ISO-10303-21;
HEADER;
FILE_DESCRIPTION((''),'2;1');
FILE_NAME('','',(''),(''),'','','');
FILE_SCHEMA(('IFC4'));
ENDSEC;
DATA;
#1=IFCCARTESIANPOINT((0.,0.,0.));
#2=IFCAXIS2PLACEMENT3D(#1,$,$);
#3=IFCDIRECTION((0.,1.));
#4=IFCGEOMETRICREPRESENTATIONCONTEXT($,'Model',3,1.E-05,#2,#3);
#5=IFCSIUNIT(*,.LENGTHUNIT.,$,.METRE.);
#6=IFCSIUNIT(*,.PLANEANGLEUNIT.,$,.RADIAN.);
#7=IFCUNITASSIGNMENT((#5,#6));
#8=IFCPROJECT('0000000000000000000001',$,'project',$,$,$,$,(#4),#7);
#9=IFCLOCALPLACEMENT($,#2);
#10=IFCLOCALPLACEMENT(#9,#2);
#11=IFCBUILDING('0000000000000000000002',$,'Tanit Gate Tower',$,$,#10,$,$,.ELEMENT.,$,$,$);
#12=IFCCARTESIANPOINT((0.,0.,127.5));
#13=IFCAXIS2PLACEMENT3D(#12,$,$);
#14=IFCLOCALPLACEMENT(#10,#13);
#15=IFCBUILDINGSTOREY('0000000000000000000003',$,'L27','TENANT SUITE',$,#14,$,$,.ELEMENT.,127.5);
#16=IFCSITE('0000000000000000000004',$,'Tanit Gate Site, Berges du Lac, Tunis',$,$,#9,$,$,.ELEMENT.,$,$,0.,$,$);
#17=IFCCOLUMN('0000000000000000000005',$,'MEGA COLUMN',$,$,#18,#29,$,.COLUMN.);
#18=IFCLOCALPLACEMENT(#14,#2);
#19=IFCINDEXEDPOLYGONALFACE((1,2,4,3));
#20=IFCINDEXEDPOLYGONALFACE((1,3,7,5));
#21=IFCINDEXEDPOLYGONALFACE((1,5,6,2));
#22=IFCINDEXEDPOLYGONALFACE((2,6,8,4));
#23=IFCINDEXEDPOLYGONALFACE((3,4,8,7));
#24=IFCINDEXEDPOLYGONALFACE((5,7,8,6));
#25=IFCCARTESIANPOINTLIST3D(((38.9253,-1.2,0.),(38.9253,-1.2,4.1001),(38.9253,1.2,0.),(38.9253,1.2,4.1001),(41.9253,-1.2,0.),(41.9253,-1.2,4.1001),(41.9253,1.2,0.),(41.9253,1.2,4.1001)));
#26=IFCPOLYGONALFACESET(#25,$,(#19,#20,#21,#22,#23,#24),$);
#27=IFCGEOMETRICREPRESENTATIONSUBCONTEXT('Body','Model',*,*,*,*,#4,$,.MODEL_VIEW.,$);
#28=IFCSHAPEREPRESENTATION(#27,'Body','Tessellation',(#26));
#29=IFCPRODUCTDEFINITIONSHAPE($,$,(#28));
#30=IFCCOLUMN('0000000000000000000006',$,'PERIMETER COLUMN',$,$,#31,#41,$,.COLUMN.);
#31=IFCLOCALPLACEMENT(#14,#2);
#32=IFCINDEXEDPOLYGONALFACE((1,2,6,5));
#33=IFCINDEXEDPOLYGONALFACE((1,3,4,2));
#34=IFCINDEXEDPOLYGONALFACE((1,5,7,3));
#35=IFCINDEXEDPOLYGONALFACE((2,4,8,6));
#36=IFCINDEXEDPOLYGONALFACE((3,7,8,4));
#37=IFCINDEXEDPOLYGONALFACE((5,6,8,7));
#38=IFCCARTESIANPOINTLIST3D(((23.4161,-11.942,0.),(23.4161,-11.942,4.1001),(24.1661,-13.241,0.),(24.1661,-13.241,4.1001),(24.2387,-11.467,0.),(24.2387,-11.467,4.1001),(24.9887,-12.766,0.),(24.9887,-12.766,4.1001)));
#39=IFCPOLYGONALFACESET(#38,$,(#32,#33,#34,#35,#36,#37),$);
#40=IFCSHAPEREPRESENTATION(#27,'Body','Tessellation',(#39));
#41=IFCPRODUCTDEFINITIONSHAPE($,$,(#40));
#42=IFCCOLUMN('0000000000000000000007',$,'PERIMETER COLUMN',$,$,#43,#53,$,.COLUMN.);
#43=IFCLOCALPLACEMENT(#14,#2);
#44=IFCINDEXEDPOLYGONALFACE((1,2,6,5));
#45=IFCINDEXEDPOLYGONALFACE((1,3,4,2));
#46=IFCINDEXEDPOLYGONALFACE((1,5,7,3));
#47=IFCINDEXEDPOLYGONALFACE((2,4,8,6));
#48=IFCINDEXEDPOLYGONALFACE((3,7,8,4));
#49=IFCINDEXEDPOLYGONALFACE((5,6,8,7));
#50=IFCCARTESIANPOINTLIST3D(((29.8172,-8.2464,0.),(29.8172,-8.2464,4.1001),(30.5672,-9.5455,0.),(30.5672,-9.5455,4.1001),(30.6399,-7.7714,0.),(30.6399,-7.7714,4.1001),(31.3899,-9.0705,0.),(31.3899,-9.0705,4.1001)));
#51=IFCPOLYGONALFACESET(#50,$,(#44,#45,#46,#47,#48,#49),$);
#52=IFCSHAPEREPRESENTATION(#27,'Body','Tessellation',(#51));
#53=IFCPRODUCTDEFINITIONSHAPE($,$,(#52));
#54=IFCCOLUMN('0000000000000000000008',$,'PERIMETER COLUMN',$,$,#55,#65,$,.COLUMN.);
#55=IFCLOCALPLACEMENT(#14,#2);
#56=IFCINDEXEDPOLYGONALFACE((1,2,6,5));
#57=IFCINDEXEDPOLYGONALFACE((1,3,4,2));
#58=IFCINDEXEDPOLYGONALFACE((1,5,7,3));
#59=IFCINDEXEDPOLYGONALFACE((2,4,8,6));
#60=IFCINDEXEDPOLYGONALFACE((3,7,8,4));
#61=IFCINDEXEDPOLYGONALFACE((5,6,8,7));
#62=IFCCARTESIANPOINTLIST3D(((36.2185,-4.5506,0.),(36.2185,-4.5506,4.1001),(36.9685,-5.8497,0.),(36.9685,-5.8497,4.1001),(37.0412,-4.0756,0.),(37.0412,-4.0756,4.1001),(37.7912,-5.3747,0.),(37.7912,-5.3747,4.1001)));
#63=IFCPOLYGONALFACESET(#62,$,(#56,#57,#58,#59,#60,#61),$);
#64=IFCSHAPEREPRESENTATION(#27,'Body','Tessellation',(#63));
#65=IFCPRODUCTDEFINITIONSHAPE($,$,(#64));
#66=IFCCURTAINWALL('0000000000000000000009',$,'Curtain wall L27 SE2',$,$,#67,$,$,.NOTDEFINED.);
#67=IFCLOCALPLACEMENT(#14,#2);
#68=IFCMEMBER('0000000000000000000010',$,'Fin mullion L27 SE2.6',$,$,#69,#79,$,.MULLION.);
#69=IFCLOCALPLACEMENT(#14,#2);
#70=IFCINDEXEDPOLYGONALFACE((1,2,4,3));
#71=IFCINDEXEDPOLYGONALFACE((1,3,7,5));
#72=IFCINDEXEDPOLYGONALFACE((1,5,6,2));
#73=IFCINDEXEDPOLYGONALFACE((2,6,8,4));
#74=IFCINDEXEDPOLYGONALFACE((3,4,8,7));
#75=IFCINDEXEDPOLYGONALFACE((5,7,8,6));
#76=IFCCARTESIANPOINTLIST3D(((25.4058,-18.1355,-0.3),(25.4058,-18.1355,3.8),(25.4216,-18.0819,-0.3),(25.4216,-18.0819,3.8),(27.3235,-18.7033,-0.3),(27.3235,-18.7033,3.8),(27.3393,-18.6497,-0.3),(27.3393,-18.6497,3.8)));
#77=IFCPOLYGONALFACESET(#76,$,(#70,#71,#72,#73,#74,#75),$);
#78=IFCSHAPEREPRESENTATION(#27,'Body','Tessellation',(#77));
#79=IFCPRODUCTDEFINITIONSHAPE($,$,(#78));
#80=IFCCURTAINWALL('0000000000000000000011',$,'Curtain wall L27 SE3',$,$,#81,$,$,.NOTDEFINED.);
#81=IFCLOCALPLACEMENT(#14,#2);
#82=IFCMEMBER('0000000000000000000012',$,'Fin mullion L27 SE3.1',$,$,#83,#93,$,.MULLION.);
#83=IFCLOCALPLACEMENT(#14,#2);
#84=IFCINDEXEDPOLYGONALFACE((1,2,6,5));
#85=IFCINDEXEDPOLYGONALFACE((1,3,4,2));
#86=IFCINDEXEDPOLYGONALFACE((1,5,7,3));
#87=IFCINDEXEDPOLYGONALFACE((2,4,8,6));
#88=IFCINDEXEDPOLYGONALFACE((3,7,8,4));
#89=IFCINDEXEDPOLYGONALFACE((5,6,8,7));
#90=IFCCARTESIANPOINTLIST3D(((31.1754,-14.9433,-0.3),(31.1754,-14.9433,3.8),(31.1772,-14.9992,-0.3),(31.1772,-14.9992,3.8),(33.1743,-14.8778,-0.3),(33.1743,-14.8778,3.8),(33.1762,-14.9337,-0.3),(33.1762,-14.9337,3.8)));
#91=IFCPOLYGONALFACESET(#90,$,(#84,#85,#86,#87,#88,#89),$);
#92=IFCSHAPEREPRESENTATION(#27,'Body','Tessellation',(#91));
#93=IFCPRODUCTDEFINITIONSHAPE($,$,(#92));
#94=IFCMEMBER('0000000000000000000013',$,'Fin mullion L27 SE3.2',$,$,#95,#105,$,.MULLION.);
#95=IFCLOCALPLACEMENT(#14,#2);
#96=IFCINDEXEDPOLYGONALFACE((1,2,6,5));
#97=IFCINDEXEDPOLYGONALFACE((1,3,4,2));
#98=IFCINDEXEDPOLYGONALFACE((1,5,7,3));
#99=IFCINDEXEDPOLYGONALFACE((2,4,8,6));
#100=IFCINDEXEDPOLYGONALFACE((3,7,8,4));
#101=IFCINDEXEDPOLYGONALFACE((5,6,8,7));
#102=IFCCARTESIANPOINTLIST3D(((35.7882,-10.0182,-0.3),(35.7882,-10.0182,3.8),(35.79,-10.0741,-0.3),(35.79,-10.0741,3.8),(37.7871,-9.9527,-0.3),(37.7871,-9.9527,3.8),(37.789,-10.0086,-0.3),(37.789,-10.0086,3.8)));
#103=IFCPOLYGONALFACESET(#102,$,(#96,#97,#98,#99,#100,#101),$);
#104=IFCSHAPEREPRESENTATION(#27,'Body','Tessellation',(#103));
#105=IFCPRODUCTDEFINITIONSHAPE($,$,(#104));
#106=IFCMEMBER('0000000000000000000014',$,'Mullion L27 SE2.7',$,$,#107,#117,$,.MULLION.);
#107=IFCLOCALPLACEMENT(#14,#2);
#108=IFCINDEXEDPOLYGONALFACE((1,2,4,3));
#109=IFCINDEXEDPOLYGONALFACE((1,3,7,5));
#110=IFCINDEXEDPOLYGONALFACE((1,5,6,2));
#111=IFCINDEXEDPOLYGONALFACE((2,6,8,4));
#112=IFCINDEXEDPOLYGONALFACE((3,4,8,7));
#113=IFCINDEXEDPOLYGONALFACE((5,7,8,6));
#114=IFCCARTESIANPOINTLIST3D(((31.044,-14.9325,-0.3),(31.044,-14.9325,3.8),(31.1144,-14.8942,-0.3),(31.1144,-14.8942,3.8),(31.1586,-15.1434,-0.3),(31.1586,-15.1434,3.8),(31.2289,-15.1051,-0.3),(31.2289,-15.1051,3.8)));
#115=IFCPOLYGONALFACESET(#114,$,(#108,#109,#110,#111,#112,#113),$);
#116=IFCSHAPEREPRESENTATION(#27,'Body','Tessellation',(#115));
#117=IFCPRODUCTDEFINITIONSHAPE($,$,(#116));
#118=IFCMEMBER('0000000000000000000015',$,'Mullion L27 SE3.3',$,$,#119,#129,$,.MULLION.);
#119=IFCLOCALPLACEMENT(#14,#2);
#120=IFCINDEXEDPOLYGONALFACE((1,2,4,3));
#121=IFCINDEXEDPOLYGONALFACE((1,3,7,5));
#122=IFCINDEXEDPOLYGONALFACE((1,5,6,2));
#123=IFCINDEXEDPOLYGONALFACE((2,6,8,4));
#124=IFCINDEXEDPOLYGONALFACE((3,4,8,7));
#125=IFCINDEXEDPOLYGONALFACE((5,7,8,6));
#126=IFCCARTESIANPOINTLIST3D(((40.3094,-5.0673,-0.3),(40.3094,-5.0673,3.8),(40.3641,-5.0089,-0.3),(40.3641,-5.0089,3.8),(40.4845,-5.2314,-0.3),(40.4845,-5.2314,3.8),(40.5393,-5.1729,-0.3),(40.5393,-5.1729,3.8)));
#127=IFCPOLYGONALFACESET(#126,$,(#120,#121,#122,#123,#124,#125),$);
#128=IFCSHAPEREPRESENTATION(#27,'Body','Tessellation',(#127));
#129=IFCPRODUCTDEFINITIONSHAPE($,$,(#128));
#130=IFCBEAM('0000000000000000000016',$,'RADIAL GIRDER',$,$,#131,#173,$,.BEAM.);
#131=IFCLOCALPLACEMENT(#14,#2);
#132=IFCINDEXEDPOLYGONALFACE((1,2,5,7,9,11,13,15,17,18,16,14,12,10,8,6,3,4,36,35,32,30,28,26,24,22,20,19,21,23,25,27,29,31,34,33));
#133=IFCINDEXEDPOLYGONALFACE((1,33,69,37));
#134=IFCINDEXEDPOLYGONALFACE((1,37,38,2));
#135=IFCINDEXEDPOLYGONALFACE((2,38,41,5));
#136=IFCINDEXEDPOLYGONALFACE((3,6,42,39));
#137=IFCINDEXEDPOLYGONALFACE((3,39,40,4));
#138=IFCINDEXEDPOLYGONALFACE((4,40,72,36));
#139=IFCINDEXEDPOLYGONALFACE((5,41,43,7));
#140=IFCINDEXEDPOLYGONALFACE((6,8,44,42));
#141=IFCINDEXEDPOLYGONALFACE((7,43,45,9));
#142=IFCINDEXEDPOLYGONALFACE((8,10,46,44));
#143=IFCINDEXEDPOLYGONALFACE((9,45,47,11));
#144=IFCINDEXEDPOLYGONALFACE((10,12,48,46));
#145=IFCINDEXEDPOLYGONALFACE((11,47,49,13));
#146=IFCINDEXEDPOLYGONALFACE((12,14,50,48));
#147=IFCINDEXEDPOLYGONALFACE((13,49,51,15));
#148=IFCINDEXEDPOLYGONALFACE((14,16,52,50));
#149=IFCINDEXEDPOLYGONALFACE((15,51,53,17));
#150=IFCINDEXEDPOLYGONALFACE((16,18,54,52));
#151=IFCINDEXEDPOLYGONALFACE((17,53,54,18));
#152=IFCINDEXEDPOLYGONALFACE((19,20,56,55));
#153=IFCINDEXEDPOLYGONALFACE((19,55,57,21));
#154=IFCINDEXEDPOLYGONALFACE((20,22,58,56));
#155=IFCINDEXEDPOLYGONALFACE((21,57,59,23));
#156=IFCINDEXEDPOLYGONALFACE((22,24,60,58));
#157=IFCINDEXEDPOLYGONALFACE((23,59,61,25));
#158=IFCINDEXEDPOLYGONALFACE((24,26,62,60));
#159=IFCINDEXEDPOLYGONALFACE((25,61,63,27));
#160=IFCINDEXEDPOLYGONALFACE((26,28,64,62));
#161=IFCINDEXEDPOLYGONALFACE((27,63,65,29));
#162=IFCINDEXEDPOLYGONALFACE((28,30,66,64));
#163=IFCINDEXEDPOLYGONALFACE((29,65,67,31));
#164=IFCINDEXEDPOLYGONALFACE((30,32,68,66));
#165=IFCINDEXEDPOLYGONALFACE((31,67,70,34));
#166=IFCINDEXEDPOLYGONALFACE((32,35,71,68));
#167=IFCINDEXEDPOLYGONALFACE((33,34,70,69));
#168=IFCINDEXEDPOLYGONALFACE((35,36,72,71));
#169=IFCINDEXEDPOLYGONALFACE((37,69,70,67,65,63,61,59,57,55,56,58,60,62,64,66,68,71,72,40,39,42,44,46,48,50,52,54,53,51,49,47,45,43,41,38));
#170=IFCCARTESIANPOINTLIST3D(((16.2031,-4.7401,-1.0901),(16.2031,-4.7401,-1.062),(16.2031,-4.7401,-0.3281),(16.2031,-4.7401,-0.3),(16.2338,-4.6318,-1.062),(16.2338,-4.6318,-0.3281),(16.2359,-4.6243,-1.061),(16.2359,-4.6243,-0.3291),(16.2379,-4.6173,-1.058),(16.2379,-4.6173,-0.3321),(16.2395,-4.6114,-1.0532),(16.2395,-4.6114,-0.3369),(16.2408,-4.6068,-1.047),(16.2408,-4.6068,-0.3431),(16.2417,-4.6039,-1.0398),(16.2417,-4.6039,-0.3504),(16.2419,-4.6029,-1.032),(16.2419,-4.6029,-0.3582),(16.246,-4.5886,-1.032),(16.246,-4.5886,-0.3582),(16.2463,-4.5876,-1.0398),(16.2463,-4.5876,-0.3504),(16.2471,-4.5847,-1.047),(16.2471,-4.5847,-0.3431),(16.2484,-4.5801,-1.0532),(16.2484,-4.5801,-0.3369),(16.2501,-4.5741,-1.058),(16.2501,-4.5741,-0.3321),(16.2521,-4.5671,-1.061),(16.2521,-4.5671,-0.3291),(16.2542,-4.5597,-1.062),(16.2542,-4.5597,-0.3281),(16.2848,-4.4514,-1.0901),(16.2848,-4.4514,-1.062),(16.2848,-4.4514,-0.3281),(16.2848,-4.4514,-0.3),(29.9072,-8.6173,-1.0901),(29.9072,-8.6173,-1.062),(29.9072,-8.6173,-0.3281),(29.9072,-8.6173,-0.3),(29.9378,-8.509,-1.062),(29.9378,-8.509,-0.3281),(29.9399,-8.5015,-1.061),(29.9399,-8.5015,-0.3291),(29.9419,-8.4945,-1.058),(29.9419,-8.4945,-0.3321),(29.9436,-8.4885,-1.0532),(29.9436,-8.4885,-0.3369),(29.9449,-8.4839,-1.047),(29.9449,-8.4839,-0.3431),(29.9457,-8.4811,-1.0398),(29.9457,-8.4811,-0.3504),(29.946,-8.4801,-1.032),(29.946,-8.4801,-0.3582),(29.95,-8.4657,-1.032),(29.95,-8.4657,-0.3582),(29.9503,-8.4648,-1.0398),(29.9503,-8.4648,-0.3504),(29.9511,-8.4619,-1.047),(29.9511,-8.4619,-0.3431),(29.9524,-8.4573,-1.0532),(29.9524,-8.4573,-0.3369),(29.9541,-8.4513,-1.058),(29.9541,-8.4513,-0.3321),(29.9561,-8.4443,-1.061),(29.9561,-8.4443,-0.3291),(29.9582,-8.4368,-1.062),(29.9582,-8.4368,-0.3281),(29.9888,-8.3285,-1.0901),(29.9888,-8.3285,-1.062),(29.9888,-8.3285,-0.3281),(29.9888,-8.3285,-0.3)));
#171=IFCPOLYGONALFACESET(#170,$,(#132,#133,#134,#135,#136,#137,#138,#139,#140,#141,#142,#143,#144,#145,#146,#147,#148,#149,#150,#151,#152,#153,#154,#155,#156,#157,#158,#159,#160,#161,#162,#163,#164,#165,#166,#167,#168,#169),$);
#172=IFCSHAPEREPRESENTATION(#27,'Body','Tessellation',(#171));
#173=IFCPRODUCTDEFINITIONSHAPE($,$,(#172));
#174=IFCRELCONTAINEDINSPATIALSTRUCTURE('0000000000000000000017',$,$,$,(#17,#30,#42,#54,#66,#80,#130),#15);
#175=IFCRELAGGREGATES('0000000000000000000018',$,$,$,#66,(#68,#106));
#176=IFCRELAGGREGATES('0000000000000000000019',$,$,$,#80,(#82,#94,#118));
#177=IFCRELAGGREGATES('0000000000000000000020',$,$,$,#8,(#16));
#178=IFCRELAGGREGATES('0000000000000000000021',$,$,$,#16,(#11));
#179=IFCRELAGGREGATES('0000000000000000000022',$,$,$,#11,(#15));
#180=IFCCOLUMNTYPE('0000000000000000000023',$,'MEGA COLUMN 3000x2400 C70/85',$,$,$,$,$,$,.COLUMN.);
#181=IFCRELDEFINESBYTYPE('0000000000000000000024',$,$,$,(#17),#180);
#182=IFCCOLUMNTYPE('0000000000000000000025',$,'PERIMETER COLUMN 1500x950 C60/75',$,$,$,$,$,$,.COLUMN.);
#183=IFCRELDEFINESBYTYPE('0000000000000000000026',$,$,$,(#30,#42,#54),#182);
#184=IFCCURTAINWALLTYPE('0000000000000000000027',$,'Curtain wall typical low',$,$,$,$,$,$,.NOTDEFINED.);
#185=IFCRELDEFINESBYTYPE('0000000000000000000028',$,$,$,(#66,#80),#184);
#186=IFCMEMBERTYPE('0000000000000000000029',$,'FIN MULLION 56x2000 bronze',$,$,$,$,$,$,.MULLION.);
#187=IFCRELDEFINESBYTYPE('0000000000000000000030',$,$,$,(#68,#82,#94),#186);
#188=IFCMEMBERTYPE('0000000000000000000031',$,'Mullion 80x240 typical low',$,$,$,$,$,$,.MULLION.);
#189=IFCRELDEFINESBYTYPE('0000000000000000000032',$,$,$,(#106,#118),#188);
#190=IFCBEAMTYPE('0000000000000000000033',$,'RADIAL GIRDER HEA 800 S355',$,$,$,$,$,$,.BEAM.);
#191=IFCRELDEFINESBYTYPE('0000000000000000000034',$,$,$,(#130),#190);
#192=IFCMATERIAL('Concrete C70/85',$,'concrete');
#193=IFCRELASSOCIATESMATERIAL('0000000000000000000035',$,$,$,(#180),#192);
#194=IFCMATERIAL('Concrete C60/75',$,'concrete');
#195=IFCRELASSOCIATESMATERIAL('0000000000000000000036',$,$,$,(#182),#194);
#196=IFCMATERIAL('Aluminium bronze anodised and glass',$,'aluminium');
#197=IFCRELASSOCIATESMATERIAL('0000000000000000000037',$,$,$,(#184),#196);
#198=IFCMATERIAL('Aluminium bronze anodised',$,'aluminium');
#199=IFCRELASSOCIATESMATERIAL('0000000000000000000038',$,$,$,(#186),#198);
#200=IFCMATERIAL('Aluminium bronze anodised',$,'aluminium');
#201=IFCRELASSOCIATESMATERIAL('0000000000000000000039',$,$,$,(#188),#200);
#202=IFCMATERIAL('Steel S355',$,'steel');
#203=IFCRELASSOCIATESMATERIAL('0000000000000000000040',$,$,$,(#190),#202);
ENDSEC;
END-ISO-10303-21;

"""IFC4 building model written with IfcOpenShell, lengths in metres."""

from ifc_helpers import new_model, si_unit, direction, frame, origin, origin_2d, place, context, subcontext, project, spatial, rectangle, i_section, extrude, material, material_profile, profile_set, type_object, element, aggregate, save


model = new_model("IFC4")

# Units and contexts
model_context = context("Model", 3, precision=1e-05, world=origin(), true_north=direction((0.0, 1.0)))
body_context = subcontext(model_context, "Body", "Model", "MODEL_VIEW")
ifc_project = project(units=[si_unit("LENGTHUNIT", "METRE"), si_unit("PLANEANGLEUNIT", "RADIAN")], contexts=[model_context])

# Site, building, storey
site_placement = place(None, origin())
site = spatial("IfcSite", under=ifc_project, at=site_placement, Name="Tanit Gate Site, Berges du Lac, Tunis", CompositionType="ELEMENT", RefElevation=0.0)
building_placement = place(site_placement, origin())
building = spatial("IfcBuilding", under=site, at=building_placement, Name="Tanit Gate Tower", CompositionType="ELEMENT")
storey_placement = place(building_placement, frame((0.0, 0.0, 127.5)))
storey = spatial("IfcBuildingStorey", under=building, at=storey_placement, Name="L27", Description="TENANT SUITE", CompositionType="ELEMENT", Elevation=127.5)

# Columns
ifc_material_1 = material(Name="Concrete C70/85", Category="concrete")
ifc_material_profile_1 = material_profile(ifc_material_1, rectangle(XDim=3.0, YDim=2.3999, at=origin_2d()), Name="RC 3000x2400")
ifc_profile_set_1 = profile_set([ifc_material_profile_1], Name="Concrete C70/85")
column_type_1 = type_object("IfcColumnType", Name="MEGA COLUMN 3000x2400 C70/85", PredefinedType="COLUMN", material=ifc_profile_set_1)
column_placement = place(storey_placement, frame((40.4253, 0.0, 0.0), z_axis=(0.0, 0.0, 1.0), x_axis=(1.0, 0.0, 0.0)))
element("IfcColumn", 1, at=column_placement, inside=storey, type_object=column_type_1, Name="MEGA COLUMN", PredefinedType="COLUMN", context=body_context, shape_type="SweptSolid", body=[
    extrude(rectangle(XDim=3.0, YDim=2.3999, at=origin_2d()), origin(), (0.0, 0.0, 1.0), 4.1001),
])
ifc_material_2 = material(Name="Concrete C60/75", Category="concrete")
ifc_material_profile_2 = material_profile(ifc_material_2, rectangle(XDim=1.5, YDim=0.95, at=origin_2d()), Name="RC 1500x950")
ifc_profile_set_2 = profile_set([ifc_material_profile_2], Name="Concrete C60/75")
column_type_2 = type_object("IfcColumnType", Name="PERIMETER COLUMN 1500x950 C60/75", PredefinedType="COLUMN", material=ifc_profile_set_2)
for number, where, z_axis, x_axis, name in (
    (2, (24.2024, -12.354, 0.0), (0.0, 0.0, 1.0), (0.5, -0.866025, 0.0), "PERIMETER COLUMN"),
    (3, (30.6035, -8.6584, 0.0), (0.0, 0.0, 1.0), (0.5, -0.866025, 0.0), "PERIMETER COLUMN"),
    (4, (37.0049, -4.9626, 0.0), (0.0, 0.0, 1.0), (0.5, -0.866025, 0.0), "PERIMETER COLUMN"),
):
    element("IfcColumn", number, at=place(storey_placement, frame(where, z_axis=z_axis, x_axis=x_axis)), inside=storey, type_object=column_type_2, Name=name, PredefinedType="COLUMN", context=body_context, shape_type="SweptSolid", body=[
        extrude(rectangle(XDim=1.5, YDim=0.95, at=origin_2d()), origin(), (0.0, 0.0, 1.0), 4.1001),
    ])

# Curtain wall, member
ifc_material_3 = material(Name="Aluminium bronze anodised and glass", Category="aluminium")
curtain_wall_type = type_object("IfcCurtainWallType", Name="Curtain wall typical low", PredefinedType="NOTDEFINED", material=ifc_material_3)
curtain_wall_1_placement = place(storey_placement, origin())
curtain_wall_1 = element("IfcCurtainWall", 5, at=curtain_wall_1_placement, inside=storey, type_object=curtain_wall_type, Name="Curtain wall L27 SE2", PredefinedType="NOTDEFINED")
ifc_material_4 = material(Name="Aluminium bronze anodised", Category="aluminium")
ifc_material_profile_3 = material_profile(ifc_material_4, rectangle(XDim=2.0, YDim=0.0559, at=origin_2d()), Name="56x2000 bronze fin mullion")
ifc_profile_set_3 = profile_set([ifc_material_profile_3], Name="Aluminium bronze anodised")
member_type_1 = type_object("IfcMemberType", Name="FIN MULLION 56x2000 bronze", PredefinedType="MULLION", material=ifc_profile_set_3)
member_1_placement = place(storey_placement, frame((26.3726, -18.3926, -0.3), z_axis=(0.0, 0.0, 1.0), x_axis=(-0.958852, 0.283906, 0.0)))
member_1 = element("IfcMember", 6, at=member_1_placement, type_object=member_type_1, Name="Fin mullion L27 SE2.6", PredefinedType="MULLION", context=body_context, shape_type="SweptSolid", body=[
    extrude(rectangle(XDim=2.0, YDim=0.0559, at=origin_2d()), origin(), (0.0, 0.0, 1.0), 4.1001),
])

# Curtain wall, members
curtain_wall_2_placement = place(storey_placement, origin())
curtain_wall_2 = element("IfcCurtainWall", 7, at=curtain_wall_2_placement, inside=storey, type_object=curtain_wall_type, Name="Curtain wall L27 SE3", PredefinedType="NOTDEFINED")
member_2_placement = place(storey_placement, frame((32.1758, -14.9385, -0.3), z_axis=(0.0, 0.0, 1.0), x_axis=(-0.999464, -0.03274, 0.0)))
member_2 = element("IfcMember", 8, at=member_2_placement, type_object=member_type_1, Name="Fin mullion L27 SE3.1", PredefinedType="MULLION", context=body_context, shape_type="SweptSolid", body=[
    extrude(rectangle(XDim=2.0, YDim=0.0559, at=origin_2d()), origin(), (0.0, 0.0, 1.0), 4.1001),
])
member_3_placement = place(storey_placement, frame((36.7886, -10.0134, -0.3), z_axis=(0.0, 0.0, 1.0), x_axis=(-0.999464, -0.03274, 0.0)))
member_3 = element("IfcMember", 9, at=member_3_placement, type_object=member_type_1, Name="Fin mullion L27 SE3.2", PredefinedType="MULLION", context=body_context, shape_type="SweptSolid", body=[
    extrude(rectangle(XDim=2.0, YDim=0.0559, at=origin_2d()), origin(), (0.0, 0.0, 1.0), 4.1001),
])

# Members
ifc_material_5 = material(Name="Aluminium bronze anodised", Category="aluminium")
ifc_material_profile_4 = material_profile(ifc_material_5, rectangle(XDim=0.24, YDim=0.0801, at=origin_2d()), Name="80x240 bronze mullion")
ifc_profile_set_4 = profile_set([ifc_material_profile_4], Name="Aluminium bronze anodised")
member_type_2 = type_object("IfcMemberType", Name="Mullion 80x240 typical low", PredefinedType="MULLION", material=ifc_profile_set_4)
member_4_placement = place(storey_placement, frame((31.1365, -15.0188, -0.3), z_axis=(0.0, 0.0, 1.0), x_axis=(-0.477259, 0.878762, 0.0)))
member_4 = element("IfcMember", 10, at=member_4_placement, type_object=member_type_2, Name="Mullion L27 SE2.7", PredefinedType="MULLION", context=body_context, shape_type="SweptSolid", body=[
    extrude(rectangle(XDim=0.24, YDim=0.0801, at=origin_2d()), origin(), (0.0, 0.0, 1.0), 4.1001),
])
member_5_placement = place(storey_placement, frame((40.4243, -5.1201, -0.3), z_axis=(0.0, 0.0, 1.0), x_axis=(-0.729879, 0.683577, 0.0)))
member_5 = element("IfcMember", 11, at=member_5_placement, type_object=member_type_2, Name="Mullion L27 SE3.3", PredefinedType="MULLION", context=body_context, shape_type="SweptSolid", body=[
    extrude(rectangle(XDim=0.24, YDim=0.0801, at=origin_2d()), origin(), (0.0, 0.0, 1.0), 4.1001),
])

# Beam
ifc_material_6 = material(Name="Steel S355", Category="steel")
ifc_material_profile_5 = material_profile(ifc_material_6, i_section(OverallWidth=0.3, OverallDepth=0.79, WebThickness=0.0149, FlangeThickness=0.0281, FilletRadius=0.03, at=origin_2d()), Name="HEA 800")
ifc_profile_set_5 = profile_set([ifc_material_profile_5], Name="Steel S355")
beam_type_1 = type_object("IfcBeamType", Name="RADIAL GIRDER HEA 800 S355", PredefinedType="BEAM", material=ifc_profile_set_5)
beam_1_placement = place(storey_placement, frame((29.948, -8.4729, -0.6951), z_axis=(-0.96223, 0.272237, 0.0), x_axis=(-0.272237, -0.96223, 0.0)))
element("IfcBeam", 12, at=beam_1_placement, inside=storey, type_object=beam_type_1, Name="RADIAL GIRDER", PredefinedType="BEAM", context=body_context, shape_type="SweptSolid", body=[
    extrude(i_section(OverallWidth=0.3, OverallDepth=0.79, WebThickness=0.0149, FlangeThickness=0.0281, FilletRadius=0.03, at=origin_2d()), origin(), (0.0, 0.0, 1.0), 14.2419),
])

aggregate(curtain_wall_1, [member_1, member_4])
aggregate(curtain_wall_2, [member_2, member_3, member_5])

save(model, "model.ifc")
